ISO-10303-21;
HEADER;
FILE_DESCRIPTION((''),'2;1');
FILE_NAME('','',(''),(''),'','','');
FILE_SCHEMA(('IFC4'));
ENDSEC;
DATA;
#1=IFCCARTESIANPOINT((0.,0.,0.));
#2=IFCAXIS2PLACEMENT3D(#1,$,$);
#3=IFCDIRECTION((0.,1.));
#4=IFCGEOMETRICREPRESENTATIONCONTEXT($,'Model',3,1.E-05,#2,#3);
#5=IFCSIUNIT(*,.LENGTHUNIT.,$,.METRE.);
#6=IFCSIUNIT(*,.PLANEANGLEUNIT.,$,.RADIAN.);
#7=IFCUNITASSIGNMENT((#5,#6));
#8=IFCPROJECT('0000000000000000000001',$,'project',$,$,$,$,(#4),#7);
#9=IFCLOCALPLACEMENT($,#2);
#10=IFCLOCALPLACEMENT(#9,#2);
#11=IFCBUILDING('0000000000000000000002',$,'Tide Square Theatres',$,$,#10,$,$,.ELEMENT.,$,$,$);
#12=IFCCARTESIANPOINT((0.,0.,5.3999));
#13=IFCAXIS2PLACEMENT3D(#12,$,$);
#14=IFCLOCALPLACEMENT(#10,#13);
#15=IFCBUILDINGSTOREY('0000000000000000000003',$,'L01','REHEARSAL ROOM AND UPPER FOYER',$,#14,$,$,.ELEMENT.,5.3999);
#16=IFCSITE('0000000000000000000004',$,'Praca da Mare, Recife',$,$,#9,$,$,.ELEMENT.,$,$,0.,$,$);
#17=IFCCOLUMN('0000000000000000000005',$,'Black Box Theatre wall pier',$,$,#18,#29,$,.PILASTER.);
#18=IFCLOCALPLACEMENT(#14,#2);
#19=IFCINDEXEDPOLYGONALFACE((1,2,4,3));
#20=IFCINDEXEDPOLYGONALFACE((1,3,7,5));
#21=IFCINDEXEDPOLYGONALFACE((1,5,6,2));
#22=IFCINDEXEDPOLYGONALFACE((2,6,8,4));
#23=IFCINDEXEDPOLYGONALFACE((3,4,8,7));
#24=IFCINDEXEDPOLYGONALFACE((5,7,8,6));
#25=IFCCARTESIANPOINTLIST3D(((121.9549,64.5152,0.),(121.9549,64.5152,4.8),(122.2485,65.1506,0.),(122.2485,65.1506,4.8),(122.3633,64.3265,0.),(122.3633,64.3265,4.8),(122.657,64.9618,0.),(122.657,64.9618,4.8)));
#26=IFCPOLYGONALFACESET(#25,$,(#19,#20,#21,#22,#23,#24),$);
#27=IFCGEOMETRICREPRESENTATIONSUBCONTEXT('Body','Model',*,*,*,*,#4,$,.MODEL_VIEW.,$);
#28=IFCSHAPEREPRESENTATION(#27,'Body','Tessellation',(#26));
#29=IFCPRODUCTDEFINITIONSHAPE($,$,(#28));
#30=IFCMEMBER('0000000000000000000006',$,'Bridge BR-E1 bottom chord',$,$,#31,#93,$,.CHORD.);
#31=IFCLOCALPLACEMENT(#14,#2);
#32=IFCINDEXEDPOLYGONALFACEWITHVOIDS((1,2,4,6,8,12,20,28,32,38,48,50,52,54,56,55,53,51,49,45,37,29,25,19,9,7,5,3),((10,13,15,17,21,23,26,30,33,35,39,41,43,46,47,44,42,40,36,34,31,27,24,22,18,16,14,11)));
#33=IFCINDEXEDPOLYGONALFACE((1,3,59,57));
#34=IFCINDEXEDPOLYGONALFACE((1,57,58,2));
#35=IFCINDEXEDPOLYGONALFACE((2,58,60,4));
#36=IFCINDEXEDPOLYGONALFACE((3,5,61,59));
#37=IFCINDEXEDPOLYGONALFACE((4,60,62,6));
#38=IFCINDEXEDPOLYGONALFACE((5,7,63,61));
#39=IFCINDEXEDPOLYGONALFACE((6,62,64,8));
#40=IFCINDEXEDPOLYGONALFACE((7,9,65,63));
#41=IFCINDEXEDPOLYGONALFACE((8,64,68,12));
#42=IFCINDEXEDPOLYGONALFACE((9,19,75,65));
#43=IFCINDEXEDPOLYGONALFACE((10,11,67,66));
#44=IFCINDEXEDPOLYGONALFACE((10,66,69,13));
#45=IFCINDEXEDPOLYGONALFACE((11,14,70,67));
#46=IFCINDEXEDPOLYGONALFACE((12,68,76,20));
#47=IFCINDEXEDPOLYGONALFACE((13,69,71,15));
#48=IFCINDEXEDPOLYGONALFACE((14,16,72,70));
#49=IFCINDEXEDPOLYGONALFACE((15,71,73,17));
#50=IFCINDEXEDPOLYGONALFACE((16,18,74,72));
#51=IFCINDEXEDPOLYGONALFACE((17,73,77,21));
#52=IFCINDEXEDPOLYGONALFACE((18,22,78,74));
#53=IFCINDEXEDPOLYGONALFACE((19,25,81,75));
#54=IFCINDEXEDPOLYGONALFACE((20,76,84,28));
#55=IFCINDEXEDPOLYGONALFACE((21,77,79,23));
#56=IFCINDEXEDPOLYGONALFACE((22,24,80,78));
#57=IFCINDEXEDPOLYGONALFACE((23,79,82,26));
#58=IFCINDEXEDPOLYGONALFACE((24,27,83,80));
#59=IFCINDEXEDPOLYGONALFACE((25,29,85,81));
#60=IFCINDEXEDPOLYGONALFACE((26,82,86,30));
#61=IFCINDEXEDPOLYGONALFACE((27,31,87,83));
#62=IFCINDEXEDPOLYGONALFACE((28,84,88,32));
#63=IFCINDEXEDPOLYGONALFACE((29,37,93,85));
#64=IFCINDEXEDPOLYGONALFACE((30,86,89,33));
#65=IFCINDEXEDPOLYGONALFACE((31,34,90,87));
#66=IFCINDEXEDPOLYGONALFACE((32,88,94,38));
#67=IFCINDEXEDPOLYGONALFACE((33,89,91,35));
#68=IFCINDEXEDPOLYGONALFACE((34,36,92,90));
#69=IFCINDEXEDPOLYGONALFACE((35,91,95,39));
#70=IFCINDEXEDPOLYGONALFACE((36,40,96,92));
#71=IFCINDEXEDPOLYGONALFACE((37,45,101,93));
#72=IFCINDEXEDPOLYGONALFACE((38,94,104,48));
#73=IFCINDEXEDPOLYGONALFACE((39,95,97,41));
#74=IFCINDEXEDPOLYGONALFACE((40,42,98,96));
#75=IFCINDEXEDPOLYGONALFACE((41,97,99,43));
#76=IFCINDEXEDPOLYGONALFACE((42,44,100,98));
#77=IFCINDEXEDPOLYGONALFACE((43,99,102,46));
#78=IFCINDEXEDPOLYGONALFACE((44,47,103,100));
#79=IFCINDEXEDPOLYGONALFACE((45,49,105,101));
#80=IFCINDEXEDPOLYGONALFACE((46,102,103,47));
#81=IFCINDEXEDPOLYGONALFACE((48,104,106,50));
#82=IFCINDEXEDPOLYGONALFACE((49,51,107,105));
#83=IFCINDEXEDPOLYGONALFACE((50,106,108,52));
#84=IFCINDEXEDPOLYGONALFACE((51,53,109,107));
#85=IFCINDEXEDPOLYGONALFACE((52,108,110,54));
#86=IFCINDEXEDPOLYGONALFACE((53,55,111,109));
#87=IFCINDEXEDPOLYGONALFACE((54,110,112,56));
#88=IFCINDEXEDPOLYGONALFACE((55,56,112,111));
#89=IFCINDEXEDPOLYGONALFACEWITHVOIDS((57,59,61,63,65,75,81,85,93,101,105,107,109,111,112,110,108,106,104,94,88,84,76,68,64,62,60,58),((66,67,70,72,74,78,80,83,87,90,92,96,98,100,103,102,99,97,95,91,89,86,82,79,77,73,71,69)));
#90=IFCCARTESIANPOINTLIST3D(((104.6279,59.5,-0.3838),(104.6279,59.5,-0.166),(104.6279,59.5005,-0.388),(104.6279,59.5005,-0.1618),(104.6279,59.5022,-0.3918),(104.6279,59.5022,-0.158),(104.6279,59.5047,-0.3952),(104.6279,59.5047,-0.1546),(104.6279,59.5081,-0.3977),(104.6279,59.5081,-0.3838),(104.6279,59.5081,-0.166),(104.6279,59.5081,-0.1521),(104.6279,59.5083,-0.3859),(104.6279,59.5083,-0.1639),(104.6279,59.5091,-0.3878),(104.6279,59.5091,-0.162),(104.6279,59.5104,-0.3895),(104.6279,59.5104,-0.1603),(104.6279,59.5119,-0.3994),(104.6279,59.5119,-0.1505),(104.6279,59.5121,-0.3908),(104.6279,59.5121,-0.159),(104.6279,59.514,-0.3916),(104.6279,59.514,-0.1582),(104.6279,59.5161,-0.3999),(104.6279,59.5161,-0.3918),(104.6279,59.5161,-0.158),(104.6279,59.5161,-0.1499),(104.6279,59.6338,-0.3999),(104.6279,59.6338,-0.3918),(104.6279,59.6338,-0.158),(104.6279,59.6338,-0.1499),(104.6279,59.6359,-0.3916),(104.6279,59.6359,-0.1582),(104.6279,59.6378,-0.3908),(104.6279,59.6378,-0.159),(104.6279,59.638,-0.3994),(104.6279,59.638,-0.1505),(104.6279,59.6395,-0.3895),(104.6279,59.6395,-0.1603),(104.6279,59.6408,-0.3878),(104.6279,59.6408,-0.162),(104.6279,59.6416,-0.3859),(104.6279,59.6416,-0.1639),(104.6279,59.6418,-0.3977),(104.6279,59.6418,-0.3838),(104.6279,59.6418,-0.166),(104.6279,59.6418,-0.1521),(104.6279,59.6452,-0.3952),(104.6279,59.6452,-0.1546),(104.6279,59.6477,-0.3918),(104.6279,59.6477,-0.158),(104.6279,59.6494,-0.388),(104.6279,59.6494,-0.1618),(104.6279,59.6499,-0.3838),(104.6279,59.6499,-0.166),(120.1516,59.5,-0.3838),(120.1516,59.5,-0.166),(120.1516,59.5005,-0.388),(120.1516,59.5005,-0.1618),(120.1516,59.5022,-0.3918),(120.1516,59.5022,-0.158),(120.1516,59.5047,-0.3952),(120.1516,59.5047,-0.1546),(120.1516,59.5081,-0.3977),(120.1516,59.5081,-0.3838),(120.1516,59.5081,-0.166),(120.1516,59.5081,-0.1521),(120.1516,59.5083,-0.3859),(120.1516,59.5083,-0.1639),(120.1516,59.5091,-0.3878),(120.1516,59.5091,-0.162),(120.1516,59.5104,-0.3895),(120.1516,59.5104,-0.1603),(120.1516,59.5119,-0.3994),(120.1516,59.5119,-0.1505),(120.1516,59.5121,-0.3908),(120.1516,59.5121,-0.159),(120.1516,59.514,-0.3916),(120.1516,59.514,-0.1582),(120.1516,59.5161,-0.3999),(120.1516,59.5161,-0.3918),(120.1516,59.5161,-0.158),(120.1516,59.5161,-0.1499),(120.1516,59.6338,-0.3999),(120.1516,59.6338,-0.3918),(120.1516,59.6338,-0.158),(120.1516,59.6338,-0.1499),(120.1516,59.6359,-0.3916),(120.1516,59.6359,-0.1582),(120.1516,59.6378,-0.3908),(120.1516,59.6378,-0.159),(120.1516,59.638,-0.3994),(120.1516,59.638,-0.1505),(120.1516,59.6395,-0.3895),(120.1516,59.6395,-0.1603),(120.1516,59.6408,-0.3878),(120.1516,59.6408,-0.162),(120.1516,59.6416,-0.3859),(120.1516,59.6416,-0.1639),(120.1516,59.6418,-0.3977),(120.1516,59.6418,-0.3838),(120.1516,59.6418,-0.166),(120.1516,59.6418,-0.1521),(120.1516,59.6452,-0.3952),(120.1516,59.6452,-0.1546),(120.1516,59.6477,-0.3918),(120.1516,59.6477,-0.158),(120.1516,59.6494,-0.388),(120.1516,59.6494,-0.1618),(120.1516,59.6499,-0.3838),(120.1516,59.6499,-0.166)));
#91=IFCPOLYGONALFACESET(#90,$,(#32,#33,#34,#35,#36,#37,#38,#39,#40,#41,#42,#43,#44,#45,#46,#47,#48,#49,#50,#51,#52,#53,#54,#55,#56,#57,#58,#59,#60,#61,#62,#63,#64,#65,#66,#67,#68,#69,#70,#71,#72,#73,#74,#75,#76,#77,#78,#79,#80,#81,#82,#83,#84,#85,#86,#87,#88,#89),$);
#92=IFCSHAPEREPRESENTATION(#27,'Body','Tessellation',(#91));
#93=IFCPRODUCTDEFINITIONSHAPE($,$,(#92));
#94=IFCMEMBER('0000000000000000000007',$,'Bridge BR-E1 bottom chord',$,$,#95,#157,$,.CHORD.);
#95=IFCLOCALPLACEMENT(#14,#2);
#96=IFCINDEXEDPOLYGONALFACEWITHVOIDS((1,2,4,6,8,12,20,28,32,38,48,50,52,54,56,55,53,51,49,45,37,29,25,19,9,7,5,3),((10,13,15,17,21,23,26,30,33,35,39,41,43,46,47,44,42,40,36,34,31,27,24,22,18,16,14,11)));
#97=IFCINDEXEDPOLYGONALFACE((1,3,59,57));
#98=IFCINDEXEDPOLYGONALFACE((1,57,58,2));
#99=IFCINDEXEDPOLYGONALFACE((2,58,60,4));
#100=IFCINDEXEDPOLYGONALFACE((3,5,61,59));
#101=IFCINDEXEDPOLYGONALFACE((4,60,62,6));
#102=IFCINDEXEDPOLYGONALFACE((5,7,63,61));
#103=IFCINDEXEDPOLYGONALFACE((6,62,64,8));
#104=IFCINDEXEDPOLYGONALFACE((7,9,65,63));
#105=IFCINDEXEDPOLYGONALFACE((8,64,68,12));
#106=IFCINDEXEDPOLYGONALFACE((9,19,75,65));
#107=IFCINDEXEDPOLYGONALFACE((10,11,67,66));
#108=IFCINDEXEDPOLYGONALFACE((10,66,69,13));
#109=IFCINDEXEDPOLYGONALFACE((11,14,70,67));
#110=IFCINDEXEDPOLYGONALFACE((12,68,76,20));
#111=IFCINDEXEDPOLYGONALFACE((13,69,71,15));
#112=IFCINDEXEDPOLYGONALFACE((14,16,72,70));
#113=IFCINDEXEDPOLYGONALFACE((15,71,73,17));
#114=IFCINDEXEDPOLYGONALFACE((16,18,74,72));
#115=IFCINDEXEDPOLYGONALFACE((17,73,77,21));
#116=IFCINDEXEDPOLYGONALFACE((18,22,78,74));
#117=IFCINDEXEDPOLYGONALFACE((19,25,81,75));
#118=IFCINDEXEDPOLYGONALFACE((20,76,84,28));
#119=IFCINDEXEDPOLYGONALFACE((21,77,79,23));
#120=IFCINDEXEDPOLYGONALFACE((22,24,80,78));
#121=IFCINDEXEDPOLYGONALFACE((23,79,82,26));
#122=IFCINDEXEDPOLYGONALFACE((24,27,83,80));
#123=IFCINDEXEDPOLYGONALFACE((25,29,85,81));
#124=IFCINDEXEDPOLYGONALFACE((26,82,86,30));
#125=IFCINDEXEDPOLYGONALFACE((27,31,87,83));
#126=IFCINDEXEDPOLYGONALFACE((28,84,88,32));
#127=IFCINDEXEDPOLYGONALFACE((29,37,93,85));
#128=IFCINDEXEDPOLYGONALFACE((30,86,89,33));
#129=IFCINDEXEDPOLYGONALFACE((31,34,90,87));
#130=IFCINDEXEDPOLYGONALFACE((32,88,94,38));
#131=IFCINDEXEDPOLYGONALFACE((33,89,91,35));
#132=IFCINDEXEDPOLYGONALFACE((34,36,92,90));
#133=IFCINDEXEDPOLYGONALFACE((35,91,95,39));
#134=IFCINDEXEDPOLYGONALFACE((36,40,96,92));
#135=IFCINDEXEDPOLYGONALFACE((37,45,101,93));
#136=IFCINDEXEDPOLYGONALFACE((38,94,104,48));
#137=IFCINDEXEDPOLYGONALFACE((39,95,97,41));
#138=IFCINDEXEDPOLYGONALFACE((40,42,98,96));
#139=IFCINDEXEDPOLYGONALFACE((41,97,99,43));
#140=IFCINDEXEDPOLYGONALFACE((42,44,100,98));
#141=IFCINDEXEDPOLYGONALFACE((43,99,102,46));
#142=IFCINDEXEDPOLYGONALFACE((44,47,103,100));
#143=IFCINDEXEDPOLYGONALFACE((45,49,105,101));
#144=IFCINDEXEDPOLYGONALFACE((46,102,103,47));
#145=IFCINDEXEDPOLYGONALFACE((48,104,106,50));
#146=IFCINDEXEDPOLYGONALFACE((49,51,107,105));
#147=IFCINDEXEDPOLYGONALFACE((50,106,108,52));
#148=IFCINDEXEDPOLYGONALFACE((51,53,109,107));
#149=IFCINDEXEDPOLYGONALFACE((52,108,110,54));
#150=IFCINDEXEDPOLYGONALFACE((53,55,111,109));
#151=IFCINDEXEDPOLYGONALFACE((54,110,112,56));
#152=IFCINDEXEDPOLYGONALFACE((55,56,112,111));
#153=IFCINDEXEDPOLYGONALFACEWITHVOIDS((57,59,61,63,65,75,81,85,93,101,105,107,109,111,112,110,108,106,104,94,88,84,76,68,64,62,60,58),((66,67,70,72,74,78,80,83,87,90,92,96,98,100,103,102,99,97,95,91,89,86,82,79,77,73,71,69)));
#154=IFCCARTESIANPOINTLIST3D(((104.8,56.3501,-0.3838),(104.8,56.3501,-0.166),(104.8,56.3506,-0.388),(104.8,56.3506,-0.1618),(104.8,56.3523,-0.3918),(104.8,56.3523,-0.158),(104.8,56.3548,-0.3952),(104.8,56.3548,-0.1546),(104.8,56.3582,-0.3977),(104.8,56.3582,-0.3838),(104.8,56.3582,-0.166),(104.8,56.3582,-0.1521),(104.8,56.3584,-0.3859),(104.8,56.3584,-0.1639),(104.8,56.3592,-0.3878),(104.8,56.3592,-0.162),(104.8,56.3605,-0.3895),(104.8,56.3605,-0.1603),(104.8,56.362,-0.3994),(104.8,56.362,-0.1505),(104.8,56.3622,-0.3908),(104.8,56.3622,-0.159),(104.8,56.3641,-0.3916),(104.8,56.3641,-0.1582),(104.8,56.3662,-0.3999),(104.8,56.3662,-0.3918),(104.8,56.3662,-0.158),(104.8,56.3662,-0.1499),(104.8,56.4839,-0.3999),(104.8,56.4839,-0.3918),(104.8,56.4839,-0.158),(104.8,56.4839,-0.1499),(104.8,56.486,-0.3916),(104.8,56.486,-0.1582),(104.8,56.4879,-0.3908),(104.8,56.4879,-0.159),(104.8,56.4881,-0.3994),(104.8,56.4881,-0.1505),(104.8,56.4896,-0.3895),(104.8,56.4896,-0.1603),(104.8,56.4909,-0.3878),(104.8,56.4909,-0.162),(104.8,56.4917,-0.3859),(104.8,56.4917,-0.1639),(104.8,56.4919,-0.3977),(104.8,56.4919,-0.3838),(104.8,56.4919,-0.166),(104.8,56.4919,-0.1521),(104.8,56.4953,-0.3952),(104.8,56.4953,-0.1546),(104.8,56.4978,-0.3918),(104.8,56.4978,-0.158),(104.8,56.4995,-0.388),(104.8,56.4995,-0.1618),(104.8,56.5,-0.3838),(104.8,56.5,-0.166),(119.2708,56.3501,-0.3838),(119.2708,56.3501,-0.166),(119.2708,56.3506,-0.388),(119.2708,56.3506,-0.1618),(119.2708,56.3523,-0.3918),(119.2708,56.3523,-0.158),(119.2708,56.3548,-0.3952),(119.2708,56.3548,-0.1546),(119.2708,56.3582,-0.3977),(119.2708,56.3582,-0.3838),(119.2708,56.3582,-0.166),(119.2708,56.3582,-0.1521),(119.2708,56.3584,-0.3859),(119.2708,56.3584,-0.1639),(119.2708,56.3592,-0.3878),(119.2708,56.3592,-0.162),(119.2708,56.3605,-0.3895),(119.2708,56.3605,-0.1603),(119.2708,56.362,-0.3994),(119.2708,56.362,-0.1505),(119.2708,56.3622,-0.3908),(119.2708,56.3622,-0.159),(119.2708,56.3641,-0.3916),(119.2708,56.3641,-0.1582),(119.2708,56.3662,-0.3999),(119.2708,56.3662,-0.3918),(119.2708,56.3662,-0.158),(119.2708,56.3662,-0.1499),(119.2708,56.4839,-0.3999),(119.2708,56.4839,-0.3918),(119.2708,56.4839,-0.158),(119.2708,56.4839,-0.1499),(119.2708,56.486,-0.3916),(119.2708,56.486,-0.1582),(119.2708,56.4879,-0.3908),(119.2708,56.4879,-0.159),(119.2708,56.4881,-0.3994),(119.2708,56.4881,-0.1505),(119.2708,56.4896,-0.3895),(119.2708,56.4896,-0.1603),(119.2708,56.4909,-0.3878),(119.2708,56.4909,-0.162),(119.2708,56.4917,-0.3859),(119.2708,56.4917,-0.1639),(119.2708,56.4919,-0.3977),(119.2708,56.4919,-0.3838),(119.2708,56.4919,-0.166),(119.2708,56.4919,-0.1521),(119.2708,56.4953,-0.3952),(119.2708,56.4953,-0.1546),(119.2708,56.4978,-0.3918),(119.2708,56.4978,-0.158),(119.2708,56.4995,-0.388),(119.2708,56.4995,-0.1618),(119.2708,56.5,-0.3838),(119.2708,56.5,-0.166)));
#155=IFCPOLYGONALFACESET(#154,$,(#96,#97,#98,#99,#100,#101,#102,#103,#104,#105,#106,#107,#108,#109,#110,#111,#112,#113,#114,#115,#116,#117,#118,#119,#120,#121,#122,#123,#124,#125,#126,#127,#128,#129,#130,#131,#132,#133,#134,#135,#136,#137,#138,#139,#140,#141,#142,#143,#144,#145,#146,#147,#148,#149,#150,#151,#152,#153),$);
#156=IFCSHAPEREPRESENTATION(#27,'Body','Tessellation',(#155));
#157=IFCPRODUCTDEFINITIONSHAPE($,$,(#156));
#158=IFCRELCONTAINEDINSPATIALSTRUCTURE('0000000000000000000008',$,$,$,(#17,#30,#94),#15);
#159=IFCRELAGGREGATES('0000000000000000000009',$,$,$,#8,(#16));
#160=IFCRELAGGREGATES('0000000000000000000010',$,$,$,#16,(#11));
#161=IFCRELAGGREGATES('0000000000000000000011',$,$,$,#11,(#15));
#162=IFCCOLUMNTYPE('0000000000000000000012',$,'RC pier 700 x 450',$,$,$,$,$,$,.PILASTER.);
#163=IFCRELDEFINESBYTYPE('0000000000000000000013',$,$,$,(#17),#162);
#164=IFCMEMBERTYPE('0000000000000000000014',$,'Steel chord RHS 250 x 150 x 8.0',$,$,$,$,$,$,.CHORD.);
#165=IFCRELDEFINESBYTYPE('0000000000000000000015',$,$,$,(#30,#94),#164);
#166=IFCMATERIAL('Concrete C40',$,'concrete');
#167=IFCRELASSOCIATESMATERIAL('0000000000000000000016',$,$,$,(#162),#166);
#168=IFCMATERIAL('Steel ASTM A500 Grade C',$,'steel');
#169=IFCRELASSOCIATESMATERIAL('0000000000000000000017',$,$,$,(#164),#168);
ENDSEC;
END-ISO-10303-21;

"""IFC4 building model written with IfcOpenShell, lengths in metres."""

from ifc_helpers import new_model, si_unit, direction, frame, origin, origin_2d, place, context, subcontext, project, spatial, rectangle, hollow_rectangle, extrude, material, material_profile, profile_set, type_object, element, save


model = new_model("IFC4")

# Units and contexts
model_context = context("Model", 3, precision=1e-05, world=origin(), true_north=direction((0.0, 1.0)))
body_context = subcontext(model_context, "Body", "Model", "MODEL_VIEW")
ifc_project = project(units=[si_unit("LENGTHUNIT", "METRE"), si_unit("PLANEANGLEUNIT", "RADIAN")], contexts=[model_context])

# Site, building, storey
site_placement = place(None, origin())
site = spatial("IfcSite", under=ifc_project, at=site_placement, Name="Praca da Mare, Recife", CompositionType="ELEMENT", RefElevation=0.0)
building_placement = place(site_placement, origin())
building = spatial("IfcBuilding", under=site, at=building_placement, Name="Tide Square Theatres", CompositionType="ELEMENT")
storey_placement = place(building_placement, frame((0.0, 0.0, 5.3999)))
storey = spatial("IfcBuildingStorey", under=building, at=storey_placement, Name="L01", Description="REHEARSAL ROOM AND UPPER FOYER", CompositionType="ELEMENT", Elevation=5.3999)

# Column
ifc_material_1 = material(Name="Concrete C40", Category="concrete")
ifc_material_profile_1 = material_profile(ifc_material_1, rectangle(XDim=0.7, YDim=0.45, at=origin_2d()))
ifc_profile_set_1 = profile_set([ifc_material_profile_1], Name="Concrete C40")
column_type = type_object("IfcColumnType", Name="RC pier 700 x 450", PredefinedType="PILASTER", material=ifc_profile_set_1)
column_placement = place(storey_placement, frame((122.3059, 64.7385, 0.0), z_axis=(0.0, 0.0, 1.0), x_axis=(-0.41956, -0.907728, 0.0)))
element("IfcColumn", 1, at=column_placement, inside=storey, type_object=column_type, Name="Black Box Theatre wall pier", PredefinedType="PILASTER", context=body_context, shape_type="SweptSolid", body=[
    extrude(rectangle(XDim=0.7, YDim=0.45, at=origin_2d()), origin(), (0.0, 0.0, 1.0), 4.8),
])

# Members
ifc_material_2 = material(Name="Steel ASTM A500 Grade C", Category="steel")
ifc_material_profile_2 = material_profile(ifc_material_2, hollow_rectangle(XDim=0.1499, YDim=0.25, WallThickness=0.0081, InnerFilletRadius=0.0081, OuterFilletRadius=0.0161, at=origin_2d()))
ifc_profile_set_2 = profile_set([ifc_material_profile_2], Name="Steel ASTM A500 Grade C")
member_type_1 = type_object("IfcMemberType", Name="Steel chord RHS 250 x 150 x 8.0", PredefinedType="CHORD", material=ifc_profile_set_2)
member_1_placement = place(storey_placement, frame((120.1516, 59.575, -0.2749), z_axis=(-1.0, 0.0, 0.0), x_axis=(0.0, -1.0, 0.0)))
element("IfcMember", 2, at=member_1_placement, inside=storey, type_object=member_type_1, Name="Bridge BR-E1 bottom chord", PredefinedType="CHORD", context=body_context, shape_type="SweptSolid", body=[
    extrude(hollow_rectangle(XDim=0.1499, YDim=0.25, WallThickness=0.0081, InnerFilletRadius=0.0081, OuterFilletRadius=0.0161, at=origin_2d()), origin(), (0.0, 0.0, 1.0), 15.5237),
])
member_2_placement = place(storey_placement, frame((119.2708, 56.425, -0.2749), z_axis=(-1.0, 0.0, 0.0), x_axis=(0.0, -1.0, 0.0)))
element("IfcMember", 3, at=member_2_placement, inside=storey, type_object=member_type_1, Name="Bridge BR-E1 bottom chord", PredefinedType="CHORD", context=body_context, shape_type="SweptSolid", body=[
    extrude(hollow_rectangle(XDim=0.1499, YDim=0.25, WallThickness=0.0081, InnerFilletRadius=0.0081, OuterFilletRadius=0.0161, at=origin_2d()), origin(), (0.0, 0.0, 1.0), 14.4707),
])

save(model, "model.ifc")
